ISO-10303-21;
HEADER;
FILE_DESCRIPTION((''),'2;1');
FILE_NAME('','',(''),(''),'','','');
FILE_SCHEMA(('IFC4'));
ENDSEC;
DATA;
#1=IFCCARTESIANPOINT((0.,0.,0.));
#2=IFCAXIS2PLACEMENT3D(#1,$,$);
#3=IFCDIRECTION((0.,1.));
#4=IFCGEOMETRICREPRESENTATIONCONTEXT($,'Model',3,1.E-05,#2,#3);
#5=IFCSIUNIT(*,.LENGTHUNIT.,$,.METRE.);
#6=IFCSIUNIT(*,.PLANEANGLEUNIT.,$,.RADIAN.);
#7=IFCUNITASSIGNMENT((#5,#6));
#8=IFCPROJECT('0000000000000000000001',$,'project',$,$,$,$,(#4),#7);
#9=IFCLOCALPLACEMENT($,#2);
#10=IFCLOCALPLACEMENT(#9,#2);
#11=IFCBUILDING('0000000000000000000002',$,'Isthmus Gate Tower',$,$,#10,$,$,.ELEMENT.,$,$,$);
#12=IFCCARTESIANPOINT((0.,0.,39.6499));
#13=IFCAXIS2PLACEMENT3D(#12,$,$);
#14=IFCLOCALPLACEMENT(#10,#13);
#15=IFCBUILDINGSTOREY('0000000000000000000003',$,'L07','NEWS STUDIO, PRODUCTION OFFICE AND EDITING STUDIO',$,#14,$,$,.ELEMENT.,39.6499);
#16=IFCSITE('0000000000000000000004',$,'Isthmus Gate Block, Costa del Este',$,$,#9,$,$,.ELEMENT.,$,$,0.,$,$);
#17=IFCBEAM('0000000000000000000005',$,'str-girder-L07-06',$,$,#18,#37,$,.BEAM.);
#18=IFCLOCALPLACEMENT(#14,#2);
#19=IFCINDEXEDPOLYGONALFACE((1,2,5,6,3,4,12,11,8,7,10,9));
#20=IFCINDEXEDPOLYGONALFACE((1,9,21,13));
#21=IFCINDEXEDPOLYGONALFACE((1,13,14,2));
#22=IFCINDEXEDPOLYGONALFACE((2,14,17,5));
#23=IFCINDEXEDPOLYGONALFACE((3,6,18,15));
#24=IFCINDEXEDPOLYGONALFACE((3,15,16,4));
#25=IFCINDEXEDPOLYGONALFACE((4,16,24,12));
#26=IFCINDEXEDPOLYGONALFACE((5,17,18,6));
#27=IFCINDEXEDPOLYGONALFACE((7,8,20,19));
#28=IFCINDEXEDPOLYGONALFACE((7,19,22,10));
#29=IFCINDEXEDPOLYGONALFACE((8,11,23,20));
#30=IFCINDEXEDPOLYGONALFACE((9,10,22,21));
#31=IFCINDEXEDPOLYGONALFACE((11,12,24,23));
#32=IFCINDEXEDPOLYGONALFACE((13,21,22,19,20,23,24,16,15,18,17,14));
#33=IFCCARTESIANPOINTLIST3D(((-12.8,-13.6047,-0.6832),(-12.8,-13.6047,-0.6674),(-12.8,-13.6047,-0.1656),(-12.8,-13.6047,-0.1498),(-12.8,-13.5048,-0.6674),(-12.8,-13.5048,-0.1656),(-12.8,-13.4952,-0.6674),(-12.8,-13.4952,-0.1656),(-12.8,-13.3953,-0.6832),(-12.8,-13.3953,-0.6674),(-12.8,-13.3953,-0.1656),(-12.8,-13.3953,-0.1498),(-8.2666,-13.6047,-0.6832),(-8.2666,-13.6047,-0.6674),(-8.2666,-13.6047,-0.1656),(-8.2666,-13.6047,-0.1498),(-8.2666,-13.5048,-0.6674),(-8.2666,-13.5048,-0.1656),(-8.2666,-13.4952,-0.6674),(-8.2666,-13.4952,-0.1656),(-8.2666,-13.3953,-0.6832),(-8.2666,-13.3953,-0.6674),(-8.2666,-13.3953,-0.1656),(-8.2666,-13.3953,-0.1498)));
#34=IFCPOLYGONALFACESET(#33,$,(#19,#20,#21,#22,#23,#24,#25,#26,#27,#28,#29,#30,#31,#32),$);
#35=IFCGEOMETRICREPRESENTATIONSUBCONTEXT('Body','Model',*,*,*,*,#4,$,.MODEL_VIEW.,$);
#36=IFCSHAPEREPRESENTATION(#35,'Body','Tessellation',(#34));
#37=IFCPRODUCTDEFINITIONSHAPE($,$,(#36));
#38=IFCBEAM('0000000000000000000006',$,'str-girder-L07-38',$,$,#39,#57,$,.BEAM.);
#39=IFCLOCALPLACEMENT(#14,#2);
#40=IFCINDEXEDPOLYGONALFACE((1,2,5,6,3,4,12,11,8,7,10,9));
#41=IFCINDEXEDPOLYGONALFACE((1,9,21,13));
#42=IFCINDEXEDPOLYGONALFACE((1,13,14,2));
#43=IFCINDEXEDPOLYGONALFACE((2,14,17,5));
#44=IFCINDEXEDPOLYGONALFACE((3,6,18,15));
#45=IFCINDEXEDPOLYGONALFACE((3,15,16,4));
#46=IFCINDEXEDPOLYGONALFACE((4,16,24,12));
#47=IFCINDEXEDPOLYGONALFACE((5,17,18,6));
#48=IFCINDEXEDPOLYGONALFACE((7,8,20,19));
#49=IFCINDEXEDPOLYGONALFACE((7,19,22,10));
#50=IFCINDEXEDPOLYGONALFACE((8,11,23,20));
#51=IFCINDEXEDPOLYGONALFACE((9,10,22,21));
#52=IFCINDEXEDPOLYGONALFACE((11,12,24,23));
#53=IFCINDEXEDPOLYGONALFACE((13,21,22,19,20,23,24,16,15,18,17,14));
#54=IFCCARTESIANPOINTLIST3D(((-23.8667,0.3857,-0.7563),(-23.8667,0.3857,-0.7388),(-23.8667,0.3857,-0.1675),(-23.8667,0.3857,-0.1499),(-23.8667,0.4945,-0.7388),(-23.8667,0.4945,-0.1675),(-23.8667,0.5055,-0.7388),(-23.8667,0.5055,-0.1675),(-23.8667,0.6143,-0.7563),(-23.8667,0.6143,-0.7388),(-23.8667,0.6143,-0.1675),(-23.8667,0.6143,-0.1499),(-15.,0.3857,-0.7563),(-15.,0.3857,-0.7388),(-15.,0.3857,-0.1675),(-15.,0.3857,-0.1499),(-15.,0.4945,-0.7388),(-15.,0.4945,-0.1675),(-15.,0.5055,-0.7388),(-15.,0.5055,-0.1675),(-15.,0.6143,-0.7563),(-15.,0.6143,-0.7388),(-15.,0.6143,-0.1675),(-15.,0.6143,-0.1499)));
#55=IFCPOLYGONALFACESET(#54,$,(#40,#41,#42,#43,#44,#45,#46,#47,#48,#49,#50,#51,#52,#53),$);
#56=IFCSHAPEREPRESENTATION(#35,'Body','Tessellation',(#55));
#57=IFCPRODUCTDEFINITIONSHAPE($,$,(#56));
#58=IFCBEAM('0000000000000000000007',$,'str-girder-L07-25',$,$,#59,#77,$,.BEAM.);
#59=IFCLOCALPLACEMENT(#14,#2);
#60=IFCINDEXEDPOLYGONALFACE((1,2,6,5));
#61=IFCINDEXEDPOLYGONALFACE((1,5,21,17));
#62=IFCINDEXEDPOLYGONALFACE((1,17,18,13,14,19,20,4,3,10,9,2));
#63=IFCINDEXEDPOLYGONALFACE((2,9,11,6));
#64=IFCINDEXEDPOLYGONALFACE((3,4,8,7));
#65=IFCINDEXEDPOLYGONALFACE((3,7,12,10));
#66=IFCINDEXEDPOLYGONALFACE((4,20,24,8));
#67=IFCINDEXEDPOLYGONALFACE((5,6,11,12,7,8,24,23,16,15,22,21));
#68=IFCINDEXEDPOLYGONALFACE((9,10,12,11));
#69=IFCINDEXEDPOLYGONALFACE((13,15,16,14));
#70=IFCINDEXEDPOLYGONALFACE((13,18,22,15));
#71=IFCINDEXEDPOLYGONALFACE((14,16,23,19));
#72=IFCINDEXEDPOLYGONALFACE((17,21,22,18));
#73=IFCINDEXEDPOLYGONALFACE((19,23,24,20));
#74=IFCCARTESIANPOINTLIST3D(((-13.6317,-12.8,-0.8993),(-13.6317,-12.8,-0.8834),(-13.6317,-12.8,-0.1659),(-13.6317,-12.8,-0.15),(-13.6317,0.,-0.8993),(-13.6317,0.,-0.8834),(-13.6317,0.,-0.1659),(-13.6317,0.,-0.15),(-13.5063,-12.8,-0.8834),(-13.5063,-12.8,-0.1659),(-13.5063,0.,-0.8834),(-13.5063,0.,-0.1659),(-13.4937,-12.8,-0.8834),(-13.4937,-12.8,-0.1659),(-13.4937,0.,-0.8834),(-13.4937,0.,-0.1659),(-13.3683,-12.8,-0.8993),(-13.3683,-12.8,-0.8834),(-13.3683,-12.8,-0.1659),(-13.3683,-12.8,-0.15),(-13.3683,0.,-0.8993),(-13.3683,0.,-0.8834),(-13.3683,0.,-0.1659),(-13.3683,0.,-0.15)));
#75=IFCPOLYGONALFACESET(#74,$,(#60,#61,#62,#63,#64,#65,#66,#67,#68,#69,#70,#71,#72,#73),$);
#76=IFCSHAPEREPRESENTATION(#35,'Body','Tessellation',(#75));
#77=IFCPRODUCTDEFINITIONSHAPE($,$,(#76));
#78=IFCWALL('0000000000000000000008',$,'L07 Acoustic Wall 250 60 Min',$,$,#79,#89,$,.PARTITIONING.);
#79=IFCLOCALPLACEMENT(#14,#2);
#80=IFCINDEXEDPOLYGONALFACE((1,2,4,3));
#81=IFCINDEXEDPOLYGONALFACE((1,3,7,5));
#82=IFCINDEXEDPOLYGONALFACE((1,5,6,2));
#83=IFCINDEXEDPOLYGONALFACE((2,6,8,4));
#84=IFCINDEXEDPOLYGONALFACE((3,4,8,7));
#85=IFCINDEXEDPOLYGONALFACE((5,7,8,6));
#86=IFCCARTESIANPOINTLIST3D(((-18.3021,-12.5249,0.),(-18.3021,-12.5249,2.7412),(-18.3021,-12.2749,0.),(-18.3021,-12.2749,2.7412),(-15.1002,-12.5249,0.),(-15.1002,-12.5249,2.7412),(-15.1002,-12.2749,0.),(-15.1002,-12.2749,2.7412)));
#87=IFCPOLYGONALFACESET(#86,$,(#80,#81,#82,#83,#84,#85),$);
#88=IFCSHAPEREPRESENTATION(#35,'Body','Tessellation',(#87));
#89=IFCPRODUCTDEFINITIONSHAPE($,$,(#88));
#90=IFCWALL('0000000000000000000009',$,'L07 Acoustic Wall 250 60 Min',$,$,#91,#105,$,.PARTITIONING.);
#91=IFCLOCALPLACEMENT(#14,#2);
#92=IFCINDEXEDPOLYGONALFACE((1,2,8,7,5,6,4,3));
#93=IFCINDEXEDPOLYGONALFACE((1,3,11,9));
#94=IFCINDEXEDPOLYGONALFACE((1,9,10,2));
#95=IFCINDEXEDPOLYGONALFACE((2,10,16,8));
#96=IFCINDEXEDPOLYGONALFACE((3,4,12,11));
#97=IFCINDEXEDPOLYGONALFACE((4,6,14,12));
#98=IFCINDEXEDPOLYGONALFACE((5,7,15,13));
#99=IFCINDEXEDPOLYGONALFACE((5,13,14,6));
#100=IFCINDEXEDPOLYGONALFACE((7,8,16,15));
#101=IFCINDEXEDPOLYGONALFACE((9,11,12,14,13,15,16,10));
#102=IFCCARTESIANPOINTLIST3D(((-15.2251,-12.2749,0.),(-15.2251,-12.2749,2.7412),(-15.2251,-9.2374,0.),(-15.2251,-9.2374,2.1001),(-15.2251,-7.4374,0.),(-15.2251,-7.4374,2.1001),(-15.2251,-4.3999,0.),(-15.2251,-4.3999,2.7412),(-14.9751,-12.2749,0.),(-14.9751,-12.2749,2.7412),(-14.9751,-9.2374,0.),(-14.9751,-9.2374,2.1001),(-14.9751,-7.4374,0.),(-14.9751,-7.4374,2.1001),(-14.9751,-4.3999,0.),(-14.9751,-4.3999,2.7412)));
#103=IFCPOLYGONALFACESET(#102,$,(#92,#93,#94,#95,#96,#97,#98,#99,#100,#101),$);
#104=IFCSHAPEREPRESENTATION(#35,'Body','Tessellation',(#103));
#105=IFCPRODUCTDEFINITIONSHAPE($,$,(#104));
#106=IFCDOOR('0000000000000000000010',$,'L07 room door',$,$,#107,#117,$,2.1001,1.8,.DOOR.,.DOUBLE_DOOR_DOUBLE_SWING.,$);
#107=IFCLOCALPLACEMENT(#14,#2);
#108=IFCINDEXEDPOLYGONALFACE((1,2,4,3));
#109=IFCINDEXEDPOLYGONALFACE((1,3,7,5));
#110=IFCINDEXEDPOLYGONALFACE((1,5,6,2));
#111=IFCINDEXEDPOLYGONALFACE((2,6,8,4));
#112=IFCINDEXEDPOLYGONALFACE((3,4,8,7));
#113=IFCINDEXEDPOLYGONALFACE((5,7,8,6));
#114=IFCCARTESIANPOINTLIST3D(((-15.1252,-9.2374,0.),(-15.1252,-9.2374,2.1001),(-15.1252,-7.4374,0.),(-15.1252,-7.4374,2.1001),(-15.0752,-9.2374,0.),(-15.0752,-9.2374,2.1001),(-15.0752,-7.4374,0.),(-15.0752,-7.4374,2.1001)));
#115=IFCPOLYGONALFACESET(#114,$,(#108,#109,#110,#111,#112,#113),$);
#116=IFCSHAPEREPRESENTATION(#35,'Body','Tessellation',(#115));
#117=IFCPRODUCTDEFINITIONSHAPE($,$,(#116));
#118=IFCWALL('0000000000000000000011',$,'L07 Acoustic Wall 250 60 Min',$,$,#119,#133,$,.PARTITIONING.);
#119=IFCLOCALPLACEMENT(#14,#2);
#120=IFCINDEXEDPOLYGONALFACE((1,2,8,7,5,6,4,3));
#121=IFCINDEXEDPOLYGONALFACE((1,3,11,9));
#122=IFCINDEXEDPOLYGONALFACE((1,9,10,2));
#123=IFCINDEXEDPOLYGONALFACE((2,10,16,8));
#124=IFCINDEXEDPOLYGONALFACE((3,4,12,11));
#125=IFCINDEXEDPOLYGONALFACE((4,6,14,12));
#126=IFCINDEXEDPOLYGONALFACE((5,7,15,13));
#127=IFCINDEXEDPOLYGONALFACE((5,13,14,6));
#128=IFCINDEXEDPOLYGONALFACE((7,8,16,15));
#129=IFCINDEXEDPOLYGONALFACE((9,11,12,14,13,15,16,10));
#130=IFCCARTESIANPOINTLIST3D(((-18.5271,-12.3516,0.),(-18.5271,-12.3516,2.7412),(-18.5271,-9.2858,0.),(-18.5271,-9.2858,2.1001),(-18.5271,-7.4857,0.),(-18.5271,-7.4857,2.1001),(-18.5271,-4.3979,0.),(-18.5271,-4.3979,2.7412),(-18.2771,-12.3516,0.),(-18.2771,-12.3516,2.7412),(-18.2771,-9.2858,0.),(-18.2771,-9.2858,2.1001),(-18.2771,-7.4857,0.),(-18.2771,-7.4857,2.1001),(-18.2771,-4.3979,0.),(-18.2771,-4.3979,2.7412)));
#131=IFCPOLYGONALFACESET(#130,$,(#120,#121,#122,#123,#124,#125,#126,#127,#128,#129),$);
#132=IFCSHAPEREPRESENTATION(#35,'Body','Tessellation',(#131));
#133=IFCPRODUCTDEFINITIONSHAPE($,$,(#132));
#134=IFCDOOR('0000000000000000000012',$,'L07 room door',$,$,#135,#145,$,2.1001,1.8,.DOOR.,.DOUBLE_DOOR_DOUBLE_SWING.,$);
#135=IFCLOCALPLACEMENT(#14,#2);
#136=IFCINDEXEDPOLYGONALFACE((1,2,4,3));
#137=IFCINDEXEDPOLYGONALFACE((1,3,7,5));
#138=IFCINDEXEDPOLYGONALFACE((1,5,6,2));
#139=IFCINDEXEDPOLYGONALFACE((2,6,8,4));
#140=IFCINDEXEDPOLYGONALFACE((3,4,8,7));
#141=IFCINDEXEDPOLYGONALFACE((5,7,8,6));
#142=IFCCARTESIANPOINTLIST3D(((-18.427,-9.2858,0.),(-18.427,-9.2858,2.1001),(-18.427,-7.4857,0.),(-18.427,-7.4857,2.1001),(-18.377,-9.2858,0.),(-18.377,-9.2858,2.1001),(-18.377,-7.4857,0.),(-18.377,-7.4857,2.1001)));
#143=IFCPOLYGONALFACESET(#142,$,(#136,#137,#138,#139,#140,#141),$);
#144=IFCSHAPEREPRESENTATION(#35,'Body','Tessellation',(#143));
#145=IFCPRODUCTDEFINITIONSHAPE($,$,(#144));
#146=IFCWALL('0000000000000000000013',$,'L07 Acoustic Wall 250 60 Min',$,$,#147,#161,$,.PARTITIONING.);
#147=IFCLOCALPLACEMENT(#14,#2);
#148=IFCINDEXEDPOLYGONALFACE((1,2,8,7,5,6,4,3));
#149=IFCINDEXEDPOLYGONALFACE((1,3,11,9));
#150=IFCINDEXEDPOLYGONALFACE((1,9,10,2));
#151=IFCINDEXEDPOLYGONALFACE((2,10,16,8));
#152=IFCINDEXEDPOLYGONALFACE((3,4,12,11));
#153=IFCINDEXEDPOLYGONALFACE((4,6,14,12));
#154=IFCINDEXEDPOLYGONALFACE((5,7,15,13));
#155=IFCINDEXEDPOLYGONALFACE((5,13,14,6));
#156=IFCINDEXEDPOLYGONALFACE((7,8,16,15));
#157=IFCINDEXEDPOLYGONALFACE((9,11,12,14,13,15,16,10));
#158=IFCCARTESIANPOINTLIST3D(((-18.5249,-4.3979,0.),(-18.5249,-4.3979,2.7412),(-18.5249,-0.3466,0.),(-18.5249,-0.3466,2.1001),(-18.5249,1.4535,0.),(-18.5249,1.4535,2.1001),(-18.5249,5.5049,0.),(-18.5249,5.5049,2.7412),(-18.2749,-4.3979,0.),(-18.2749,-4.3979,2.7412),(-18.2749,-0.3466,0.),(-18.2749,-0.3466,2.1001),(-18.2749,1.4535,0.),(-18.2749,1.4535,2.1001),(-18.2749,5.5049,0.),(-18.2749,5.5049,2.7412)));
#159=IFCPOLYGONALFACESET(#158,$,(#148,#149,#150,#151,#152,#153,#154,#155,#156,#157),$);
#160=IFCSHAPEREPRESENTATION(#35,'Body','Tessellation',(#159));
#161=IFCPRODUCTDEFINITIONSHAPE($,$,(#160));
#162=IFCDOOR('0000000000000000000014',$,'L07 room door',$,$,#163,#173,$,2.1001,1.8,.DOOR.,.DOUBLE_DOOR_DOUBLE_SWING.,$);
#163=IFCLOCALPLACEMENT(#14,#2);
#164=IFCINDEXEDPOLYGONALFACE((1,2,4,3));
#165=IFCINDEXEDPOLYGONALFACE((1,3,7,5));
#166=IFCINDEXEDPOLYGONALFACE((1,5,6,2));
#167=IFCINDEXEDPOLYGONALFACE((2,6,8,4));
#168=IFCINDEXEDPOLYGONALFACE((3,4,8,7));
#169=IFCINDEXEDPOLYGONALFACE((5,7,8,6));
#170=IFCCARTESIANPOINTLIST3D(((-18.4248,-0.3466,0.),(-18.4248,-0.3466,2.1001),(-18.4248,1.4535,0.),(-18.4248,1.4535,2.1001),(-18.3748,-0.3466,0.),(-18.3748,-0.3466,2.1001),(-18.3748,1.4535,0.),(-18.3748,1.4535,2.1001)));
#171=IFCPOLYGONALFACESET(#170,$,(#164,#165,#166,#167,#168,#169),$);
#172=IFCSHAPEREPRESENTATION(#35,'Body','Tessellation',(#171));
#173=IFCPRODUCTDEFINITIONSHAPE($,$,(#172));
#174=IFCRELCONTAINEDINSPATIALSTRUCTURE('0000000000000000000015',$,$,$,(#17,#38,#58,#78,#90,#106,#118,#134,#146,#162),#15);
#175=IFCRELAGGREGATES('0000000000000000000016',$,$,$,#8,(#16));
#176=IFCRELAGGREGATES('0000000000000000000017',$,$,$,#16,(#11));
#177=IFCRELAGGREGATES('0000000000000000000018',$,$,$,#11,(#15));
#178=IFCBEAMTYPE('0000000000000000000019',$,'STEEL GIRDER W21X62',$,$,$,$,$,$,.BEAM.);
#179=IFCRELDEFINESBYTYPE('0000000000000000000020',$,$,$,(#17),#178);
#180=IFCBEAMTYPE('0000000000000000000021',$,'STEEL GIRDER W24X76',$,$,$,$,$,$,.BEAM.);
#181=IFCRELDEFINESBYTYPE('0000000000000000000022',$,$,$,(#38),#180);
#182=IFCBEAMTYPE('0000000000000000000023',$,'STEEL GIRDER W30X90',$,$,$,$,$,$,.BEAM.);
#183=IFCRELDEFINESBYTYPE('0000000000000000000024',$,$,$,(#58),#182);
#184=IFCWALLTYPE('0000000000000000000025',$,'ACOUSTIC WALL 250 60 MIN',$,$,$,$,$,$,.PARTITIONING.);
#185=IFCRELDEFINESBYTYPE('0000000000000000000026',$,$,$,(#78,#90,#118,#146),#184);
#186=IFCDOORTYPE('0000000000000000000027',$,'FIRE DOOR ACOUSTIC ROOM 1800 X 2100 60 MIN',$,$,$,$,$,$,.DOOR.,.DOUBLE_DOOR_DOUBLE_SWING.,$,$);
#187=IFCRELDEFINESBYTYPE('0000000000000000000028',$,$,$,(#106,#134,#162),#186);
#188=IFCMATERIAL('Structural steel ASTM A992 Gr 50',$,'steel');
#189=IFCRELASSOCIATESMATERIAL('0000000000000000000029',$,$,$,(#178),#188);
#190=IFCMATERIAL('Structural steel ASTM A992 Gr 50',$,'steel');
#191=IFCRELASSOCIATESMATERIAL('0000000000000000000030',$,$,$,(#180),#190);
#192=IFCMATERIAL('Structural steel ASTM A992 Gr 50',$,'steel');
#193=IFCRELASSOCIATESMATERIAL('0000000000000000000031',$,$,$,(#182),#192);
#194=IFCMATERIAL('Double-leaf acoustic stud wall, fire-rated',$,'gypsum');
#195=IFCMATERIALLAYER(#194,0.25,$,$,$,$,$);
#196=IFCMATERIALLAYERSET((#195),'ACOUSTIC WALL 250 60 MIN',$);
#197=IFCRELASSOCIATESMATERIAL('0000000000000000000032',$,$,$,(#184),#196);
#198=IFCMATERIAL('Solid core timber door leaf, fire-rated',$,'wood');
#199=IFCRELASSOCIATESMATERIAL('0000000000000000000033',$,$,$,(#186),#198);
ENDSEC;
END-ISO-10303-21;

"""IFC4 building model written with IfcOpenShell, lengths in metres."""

from ifc_helpers import new_model, si_unit, direction, frame, frame_2d, origin, origin_2d, place, context, subcontext, project, spatial, rectangle, i_section, extrude, material, layer, layer_set, material_profile, profile_set, type_object, element, fill, save


model = new_model("IFC4")

# Units and contexts
model_context = context("Model", 3, precision=1e-05, world=origin(), true_north=direction((0.0, 1.0)))
body_context = subcontext(model_context, "Body", "Model", "MODEL_VIEW")
ifc_project = project(units=[si_unit("LENGTHUNIT", "METRE"), si_unit("PLANEANGLEUNIT", "RADIAN")], contexts=[model_context])

# Site, building, storey
site_placement = place(None, origin())
site = spatial("IfcSite", under=ifc_project, at=site_placement, Name="Isthmus Gate Block, Costa del Este", CompositionType="ELEMENT", RefElevation=0.0)
building_placement = place(site_placement, origin())
building = spatial("IfcBuilding", under=site, at=building_placement, Name="Isthmus Gate Tower", CompositionType="ELEMENT")
storey_placement = place(building_placement, frame((0.0, 0.0, 39.6499)))
storey = spatial("IfcBuildingStorey", under=building, at=storey_placement, Name="L07", Description="NEWS STUDIO, PRODUCTION OFFICE AND EDITING STUDIO", CompositionType="ELEMENT", Elevation=39.6499)

# Beams
ifc_material_1 = material(Name="Structural steel ASTM A992 Gr 50", Category="steel")
ifc_material_profile_1 = material_profile(ifc_material_1, i_section(OverallWidth=0.2095, OverallDepth=0.5334, WebThickness=0.0095, FlangeThickness=0.0159, at=origin_2d()), Name="W21X62")
ifc_profile_set_1 = profile_set([ifc_material_profile_1], Name="Structural steel ASTM A992 Gr 50")
beam_type_1 = type_object("IfcBeamType", Name="STEEL GIRDER W21X62", PredefinedType="BEAM", material=ifc_profile_set_1)
beam_1_placement = place(storey_placement, frame((-12.8, -13.5, -0.4165), z_axis=(1.0, 0.0, 0.0), x_axis=(0.0, 1.0, 0.0)))
element("IfcBeam", 1, at=beam_1_placement, inside=storey, type_object=beam_type_1, Name="str-girder-L07-06", PredefinedType="BEAM", context=body_context, shape_type="SweptSolid", body=[
    extrude(i_section(OverallWidth=0.2095, OverallDepth=0.5334, WebThickness=0.0095, FlangeThickness=0.0159, at=origin_2d()), origin(), (0.0, 0.0, 1.0), 4.5334),
])
ifc_material_2 = material(Name="Structural steel ASTM A992 Gr 50", Category="steel")
ifc_material_profile_2 = material_profile(ifc_material_2, i_section(OverallWidth=0.2285, OverallDepth=0.6064, WebThickness=0.011, FlangeThickness=0.0176, at=origin_2d()), Name="W24X76")
ifc_profile_set_2 = profile_set([ifc_material_profile_2], Name="Structural steel ASTM A992 Gr 50")
beam_type_2 = type_object("IfcBeamType", Name="STEEL GIRDER W24X76", PredefinedType="BEAM", material=ifc_profile_set_2)
beam_2_placement = place(storey_placement, frame((-15.0, 0.5, -0.4531), z_axis=(-1.0, 0.0, 0.0), x_axis=(0.0, -1.0, 0.0)))
element("IfcBeam", 2, at=beam_2_placement, inside=storey, type_object=beam_type_2, Name="str-girder-L07-38", PredefinedType="BEAM", context=body_context, shape_type="SweptSolid", body=[
    extrude(i_section(OverallWidth=0.2285, OverallDepth=0.6064, WebThickness=0.011, FlangeThickness=0.0176, at=origin_2d()), origin(), (0.0, 0.0, 1.0), 8.8667),
])
ifc_material_3 = material(Name="Structural steel ASTM A992 Gr 50", Category="steel")
ifc_material_profile_3 = material_profile(ifc_material_3, i_section(OverallWidth=0.2634, OverallDepth=0.7493, WebThickness=0.0127, FlangeThickness=0.0159, at=origin_2d()), Name="W30X90")
ifc_profile_set_3 = profile_set([ifc_material_profile_3], Name="Structural steel ASTM A992 Gr 50")
beam_type_3 = type_object("IfcBeamType", Name="STEEL GIRDER W30X90", PredefinedType="BEAM", material=ifc_profile_set_3)
beam_3_placement = place(storey_placement, frame((-13.5, -12.8, -0.5247), z_axis=(0.0, 1.0, 0.0), x_axis=(-1.0, 0.0, 0.0)))
element("IfcBeam", 3, at=beam_3_placement, inside=storey, type_object=beam_type_3, Name="str-girder-L07-25", PredefinedType="BEAM", context=body_context, shape_type="SweptSolid", body=[
    extrude(i_section(OverallWidth=0.2634, OverallDepth=0.7493, WebThickness=0.0127, FlangeThickness=0.0159, at=origin_2d()), origin(), (0.0, 0.0, 1.0), 12.8),
])

# Wall
ifc_material_4 = material(Name="Double-leaf acoustic stud wall, fire-rated", Category="gypsum")
ifc_layer_1 = layer(ifc_material_4, 0.25)
ifc_layer_set_1 = layer_set([ifc_layer_1], Name="ACOUSTIC WALL 250 60 MIN")
wall_type_1 = type_object("IfcWallType", Name="ACOUSTIC WALL 250 60 MIN", PredefinedType="PARTITIONING", material=ifc_layer_set_1)
wall_1_placement = place(storey_placement, frame((-15.1001, -12.3999, 0.0), z_axis=(0.0, 0.0, 1.0), x_axis=(-1.0, 0.0, 0.0)))
element("IfcWall", 4, at=wall_1_placement, inside=storey, type_object=wall_type_1, Name="L07 Acoustic Wall 250 60 Min", PredefinedType="PARTITIONING", context=body_context, shape_type="SweptSolid", body=[
    extrude(rectangle(XDim=3.2019, YDim=0.25, at=frame_2d((1.6011, 0.0))), origin(), (0.0, 0.0, 1.0), 2.7412),
])

# Walls, openings, doors
wall_2_placement = place(storey_placement, frame((-15.1001, -4.3999, 0.0), z_axis=(0.0, 0.0, 1.0), x_axis=(0.0, -1.0, 0.0)))
wall_2 = element("IfcWall", 5, at=wall_2_placement, inside=storey, type_object=wall_type_1, Name="L07 Acoustic Wall 250 60 Min", PredefinedType="PARTITIONING", context=body_context, shape_type="SweptSolid", body=[
    extrude(rectangle(XDim=7.875, YDim=0.25, at=frame_2d((3.9375, 0.0))), origin(), (0.0, 0.0, 1.0), 2.7412),
])
opening_1_placement = place(wall_2_placement, frame((3.0376, 0.0, 0.0)))
opening_1 = element("IfcOpeningElement", 6, at=opening_1_placement, cuts=wall_2, PredefinedType="OPENING", context=body_context, shape_type="SweptSolid", body=[
    extrude(rectangle(XDim=1.8, YDim=2.1001, at=frame_2d((0.8999, 1.05))), frame((0.0, 0.135, 0.0), z_axis=(0.0, -1.0, 0.0), x_axis=(1.0, 0.0, 0.0)), (0.0, 0.0, 1.0), 0.27),
])
ifc_material_5 = material(Name="Solid core timber door leaf, fire-rated", Category="wood")
door_type_1 = type_object("IfcDoorType", Name="FIRE DOOR ACOUSTIC ROOM 1800 X 2100 60 MIN", OperationType="DOUBLE_DOOR_DOUBLE_SWING", PredefinedType="DOOR", material=ifc_material_5)
door_1_placement = place(opening_1_placement, origin())
door_1 = element("IfcDoor", 7, at=door_1_placement, inside=storey, type_object=door_type_1, Name="L07 room door", OperationType="DOUBLE_DOOR_DOUBLE_SWING", OverallHeight=2.1001, OverallWidth=1.8, PredefinedType="DOOR", context=body_context, shape_type="SweptSolid", body=[
    extrude(rectangle(XDim=1.8, YDim=2.1001, at=frame_2d((0.8999, 1.05))), frame((0.0, 0.0249, 0.0), z_axis=(0.0, -1.0, 0.0), x_axis=(1.0, 0.0, 0.0)), (0.0, 0.0, 1.0), 0.05),
])
fill(opening_1, door_1)
wall_3_placement = place(storey_placement, frame((-18.4021, -12.3516, 0.0), z_axis=(0.0, 0.0, 1.0), x_axis=(0.0, 1.0, 0.0)))
wall_3 = element("IfcWall", 8, at=wall_3_placement, inside=storey, type_object=wall_type_1, Name="L07 Acoustic Wall 250 60 Min", PredefinedType="PARTITIONING", context=body_context, shape_type="SweptSolid", body=[
    extrude(rectangle(XDim=7.9536, YDim=0.25, at=frame_2d((3.9768, 0.0))), origin(), (0.0, 0.0, 1.0), 2.7412),
])
opening_2_placement = place(wall_3_placement, frame((3.0659, 0.0, 0.0)))
opening_2 = element("IfcOpeningElement", 9, at=opening_2_placement, cuts=wall_3, PredefinedType="OPENING", context=body_context, shape_type="SweptSolid", body=[
    extrude(rectangle(XDim=1.8, YDim=2.1001, at=frame_2d((0.8999, 1.05))), frame((0.0, 0.135, 0.0), z_axis=(0.0, -1.0, 0.0), x_axis=(1.0, 0.0, 0.0)), (0.0, 0.0, 1.0), 0.27),
])
door_2_placement = place(opening_2_placement, origin())
door_2 = element("IfcDoor", 10, at=door_2_placement, inside=storey, type_object=door_type_1, Name="L07 room door", OperationType="DOUBLE_DOOR_DOUBLE_SWING", OverallHeight=2.1001, OverallWidth=1.8, PredefinedType="DOOR", context=body_context, shape_type="SweptSolid", body=[
    extrude(rectangle(XDim=1.8, YDim=2.1001, at=frame_2d((0.8999, 1.05))), frame((0.0, 0.0249, 0.0), z_axis=(0.0, -1.0, 0.0), x_axis=(1.0, 0.0, 0.0)), (0.0, 0.0, 1.0), 0.05),
])
fill(opening_2, door_2)
wall_4_placement = place(storey_placement, frame((-18.3999, -4.3979, 0.0), z_axis=(0.0, 0.0, 1.0), x_axis=(0.0, 1.0, 0.0)))
wall_4 = element("IfcWall", 11, at=wall_4_placement, inside=storey, type_object=wall_type_1, Name="L07 Acoustic Wall 250 60 Min", PredefinedType="PARTITIONING", context=body_context, shape_type="SweptSolid", body=[
    extrude(rectangle(XDim=9.9028, YDim=0.25, at=frame_2d((4.9514, 0.0))), origin(), (0.0, 0.0, 1.0), 2.7412),
])
opening_3_placement = place(wall_4_placement, frame((4.0515, 0.0, 0.0)))
opening_3 = element("IfcOpeningElement", 12, at=opening_3_placement, cuts=wall_4, PredefinedType="OPENING", context=body_context, shape_type="SweptSolid", body=[
    extrude(rectangle(XDim=1.8, YDim=2.1001, at=frame_2d((0.8999, 1.05))), frame((0.0, 0.135, 0.0), z_axis=(0.0, -1.0, 0.0), x_axis=(1.0, 0.0, 0.0)), (0.0, 0.0, 1.0), 0.27),
])
door_3_placement = place(opening_3_placement, origin())
door_3 = element("IfcDoor", 13, at=door_3_placement, inside=storey, type_object=door_type_1, Name="L07 room door", OperationType="DOUBLE_DOOR_DOUBLE_SWING", OverallHeight=2.1001, OverallWidth=1.8, PredefinedType="DOOR", context=body_context, shape_type="SweptSolid", body=[
    extrude(rectangle(XDim=1.8, YDim=2.1001, at=frame_2d((0.8999, 1.05))), frame((0.0, 0.0249, 0.0), z_axis=(0.0, -1.0, 0.0), x_axis=(1.0, 0.0, 0.0)), (0.0, 0.0, 1.0), 0.05),
])
fill(opening_3, door_3)

save(model, "model.ifc")
